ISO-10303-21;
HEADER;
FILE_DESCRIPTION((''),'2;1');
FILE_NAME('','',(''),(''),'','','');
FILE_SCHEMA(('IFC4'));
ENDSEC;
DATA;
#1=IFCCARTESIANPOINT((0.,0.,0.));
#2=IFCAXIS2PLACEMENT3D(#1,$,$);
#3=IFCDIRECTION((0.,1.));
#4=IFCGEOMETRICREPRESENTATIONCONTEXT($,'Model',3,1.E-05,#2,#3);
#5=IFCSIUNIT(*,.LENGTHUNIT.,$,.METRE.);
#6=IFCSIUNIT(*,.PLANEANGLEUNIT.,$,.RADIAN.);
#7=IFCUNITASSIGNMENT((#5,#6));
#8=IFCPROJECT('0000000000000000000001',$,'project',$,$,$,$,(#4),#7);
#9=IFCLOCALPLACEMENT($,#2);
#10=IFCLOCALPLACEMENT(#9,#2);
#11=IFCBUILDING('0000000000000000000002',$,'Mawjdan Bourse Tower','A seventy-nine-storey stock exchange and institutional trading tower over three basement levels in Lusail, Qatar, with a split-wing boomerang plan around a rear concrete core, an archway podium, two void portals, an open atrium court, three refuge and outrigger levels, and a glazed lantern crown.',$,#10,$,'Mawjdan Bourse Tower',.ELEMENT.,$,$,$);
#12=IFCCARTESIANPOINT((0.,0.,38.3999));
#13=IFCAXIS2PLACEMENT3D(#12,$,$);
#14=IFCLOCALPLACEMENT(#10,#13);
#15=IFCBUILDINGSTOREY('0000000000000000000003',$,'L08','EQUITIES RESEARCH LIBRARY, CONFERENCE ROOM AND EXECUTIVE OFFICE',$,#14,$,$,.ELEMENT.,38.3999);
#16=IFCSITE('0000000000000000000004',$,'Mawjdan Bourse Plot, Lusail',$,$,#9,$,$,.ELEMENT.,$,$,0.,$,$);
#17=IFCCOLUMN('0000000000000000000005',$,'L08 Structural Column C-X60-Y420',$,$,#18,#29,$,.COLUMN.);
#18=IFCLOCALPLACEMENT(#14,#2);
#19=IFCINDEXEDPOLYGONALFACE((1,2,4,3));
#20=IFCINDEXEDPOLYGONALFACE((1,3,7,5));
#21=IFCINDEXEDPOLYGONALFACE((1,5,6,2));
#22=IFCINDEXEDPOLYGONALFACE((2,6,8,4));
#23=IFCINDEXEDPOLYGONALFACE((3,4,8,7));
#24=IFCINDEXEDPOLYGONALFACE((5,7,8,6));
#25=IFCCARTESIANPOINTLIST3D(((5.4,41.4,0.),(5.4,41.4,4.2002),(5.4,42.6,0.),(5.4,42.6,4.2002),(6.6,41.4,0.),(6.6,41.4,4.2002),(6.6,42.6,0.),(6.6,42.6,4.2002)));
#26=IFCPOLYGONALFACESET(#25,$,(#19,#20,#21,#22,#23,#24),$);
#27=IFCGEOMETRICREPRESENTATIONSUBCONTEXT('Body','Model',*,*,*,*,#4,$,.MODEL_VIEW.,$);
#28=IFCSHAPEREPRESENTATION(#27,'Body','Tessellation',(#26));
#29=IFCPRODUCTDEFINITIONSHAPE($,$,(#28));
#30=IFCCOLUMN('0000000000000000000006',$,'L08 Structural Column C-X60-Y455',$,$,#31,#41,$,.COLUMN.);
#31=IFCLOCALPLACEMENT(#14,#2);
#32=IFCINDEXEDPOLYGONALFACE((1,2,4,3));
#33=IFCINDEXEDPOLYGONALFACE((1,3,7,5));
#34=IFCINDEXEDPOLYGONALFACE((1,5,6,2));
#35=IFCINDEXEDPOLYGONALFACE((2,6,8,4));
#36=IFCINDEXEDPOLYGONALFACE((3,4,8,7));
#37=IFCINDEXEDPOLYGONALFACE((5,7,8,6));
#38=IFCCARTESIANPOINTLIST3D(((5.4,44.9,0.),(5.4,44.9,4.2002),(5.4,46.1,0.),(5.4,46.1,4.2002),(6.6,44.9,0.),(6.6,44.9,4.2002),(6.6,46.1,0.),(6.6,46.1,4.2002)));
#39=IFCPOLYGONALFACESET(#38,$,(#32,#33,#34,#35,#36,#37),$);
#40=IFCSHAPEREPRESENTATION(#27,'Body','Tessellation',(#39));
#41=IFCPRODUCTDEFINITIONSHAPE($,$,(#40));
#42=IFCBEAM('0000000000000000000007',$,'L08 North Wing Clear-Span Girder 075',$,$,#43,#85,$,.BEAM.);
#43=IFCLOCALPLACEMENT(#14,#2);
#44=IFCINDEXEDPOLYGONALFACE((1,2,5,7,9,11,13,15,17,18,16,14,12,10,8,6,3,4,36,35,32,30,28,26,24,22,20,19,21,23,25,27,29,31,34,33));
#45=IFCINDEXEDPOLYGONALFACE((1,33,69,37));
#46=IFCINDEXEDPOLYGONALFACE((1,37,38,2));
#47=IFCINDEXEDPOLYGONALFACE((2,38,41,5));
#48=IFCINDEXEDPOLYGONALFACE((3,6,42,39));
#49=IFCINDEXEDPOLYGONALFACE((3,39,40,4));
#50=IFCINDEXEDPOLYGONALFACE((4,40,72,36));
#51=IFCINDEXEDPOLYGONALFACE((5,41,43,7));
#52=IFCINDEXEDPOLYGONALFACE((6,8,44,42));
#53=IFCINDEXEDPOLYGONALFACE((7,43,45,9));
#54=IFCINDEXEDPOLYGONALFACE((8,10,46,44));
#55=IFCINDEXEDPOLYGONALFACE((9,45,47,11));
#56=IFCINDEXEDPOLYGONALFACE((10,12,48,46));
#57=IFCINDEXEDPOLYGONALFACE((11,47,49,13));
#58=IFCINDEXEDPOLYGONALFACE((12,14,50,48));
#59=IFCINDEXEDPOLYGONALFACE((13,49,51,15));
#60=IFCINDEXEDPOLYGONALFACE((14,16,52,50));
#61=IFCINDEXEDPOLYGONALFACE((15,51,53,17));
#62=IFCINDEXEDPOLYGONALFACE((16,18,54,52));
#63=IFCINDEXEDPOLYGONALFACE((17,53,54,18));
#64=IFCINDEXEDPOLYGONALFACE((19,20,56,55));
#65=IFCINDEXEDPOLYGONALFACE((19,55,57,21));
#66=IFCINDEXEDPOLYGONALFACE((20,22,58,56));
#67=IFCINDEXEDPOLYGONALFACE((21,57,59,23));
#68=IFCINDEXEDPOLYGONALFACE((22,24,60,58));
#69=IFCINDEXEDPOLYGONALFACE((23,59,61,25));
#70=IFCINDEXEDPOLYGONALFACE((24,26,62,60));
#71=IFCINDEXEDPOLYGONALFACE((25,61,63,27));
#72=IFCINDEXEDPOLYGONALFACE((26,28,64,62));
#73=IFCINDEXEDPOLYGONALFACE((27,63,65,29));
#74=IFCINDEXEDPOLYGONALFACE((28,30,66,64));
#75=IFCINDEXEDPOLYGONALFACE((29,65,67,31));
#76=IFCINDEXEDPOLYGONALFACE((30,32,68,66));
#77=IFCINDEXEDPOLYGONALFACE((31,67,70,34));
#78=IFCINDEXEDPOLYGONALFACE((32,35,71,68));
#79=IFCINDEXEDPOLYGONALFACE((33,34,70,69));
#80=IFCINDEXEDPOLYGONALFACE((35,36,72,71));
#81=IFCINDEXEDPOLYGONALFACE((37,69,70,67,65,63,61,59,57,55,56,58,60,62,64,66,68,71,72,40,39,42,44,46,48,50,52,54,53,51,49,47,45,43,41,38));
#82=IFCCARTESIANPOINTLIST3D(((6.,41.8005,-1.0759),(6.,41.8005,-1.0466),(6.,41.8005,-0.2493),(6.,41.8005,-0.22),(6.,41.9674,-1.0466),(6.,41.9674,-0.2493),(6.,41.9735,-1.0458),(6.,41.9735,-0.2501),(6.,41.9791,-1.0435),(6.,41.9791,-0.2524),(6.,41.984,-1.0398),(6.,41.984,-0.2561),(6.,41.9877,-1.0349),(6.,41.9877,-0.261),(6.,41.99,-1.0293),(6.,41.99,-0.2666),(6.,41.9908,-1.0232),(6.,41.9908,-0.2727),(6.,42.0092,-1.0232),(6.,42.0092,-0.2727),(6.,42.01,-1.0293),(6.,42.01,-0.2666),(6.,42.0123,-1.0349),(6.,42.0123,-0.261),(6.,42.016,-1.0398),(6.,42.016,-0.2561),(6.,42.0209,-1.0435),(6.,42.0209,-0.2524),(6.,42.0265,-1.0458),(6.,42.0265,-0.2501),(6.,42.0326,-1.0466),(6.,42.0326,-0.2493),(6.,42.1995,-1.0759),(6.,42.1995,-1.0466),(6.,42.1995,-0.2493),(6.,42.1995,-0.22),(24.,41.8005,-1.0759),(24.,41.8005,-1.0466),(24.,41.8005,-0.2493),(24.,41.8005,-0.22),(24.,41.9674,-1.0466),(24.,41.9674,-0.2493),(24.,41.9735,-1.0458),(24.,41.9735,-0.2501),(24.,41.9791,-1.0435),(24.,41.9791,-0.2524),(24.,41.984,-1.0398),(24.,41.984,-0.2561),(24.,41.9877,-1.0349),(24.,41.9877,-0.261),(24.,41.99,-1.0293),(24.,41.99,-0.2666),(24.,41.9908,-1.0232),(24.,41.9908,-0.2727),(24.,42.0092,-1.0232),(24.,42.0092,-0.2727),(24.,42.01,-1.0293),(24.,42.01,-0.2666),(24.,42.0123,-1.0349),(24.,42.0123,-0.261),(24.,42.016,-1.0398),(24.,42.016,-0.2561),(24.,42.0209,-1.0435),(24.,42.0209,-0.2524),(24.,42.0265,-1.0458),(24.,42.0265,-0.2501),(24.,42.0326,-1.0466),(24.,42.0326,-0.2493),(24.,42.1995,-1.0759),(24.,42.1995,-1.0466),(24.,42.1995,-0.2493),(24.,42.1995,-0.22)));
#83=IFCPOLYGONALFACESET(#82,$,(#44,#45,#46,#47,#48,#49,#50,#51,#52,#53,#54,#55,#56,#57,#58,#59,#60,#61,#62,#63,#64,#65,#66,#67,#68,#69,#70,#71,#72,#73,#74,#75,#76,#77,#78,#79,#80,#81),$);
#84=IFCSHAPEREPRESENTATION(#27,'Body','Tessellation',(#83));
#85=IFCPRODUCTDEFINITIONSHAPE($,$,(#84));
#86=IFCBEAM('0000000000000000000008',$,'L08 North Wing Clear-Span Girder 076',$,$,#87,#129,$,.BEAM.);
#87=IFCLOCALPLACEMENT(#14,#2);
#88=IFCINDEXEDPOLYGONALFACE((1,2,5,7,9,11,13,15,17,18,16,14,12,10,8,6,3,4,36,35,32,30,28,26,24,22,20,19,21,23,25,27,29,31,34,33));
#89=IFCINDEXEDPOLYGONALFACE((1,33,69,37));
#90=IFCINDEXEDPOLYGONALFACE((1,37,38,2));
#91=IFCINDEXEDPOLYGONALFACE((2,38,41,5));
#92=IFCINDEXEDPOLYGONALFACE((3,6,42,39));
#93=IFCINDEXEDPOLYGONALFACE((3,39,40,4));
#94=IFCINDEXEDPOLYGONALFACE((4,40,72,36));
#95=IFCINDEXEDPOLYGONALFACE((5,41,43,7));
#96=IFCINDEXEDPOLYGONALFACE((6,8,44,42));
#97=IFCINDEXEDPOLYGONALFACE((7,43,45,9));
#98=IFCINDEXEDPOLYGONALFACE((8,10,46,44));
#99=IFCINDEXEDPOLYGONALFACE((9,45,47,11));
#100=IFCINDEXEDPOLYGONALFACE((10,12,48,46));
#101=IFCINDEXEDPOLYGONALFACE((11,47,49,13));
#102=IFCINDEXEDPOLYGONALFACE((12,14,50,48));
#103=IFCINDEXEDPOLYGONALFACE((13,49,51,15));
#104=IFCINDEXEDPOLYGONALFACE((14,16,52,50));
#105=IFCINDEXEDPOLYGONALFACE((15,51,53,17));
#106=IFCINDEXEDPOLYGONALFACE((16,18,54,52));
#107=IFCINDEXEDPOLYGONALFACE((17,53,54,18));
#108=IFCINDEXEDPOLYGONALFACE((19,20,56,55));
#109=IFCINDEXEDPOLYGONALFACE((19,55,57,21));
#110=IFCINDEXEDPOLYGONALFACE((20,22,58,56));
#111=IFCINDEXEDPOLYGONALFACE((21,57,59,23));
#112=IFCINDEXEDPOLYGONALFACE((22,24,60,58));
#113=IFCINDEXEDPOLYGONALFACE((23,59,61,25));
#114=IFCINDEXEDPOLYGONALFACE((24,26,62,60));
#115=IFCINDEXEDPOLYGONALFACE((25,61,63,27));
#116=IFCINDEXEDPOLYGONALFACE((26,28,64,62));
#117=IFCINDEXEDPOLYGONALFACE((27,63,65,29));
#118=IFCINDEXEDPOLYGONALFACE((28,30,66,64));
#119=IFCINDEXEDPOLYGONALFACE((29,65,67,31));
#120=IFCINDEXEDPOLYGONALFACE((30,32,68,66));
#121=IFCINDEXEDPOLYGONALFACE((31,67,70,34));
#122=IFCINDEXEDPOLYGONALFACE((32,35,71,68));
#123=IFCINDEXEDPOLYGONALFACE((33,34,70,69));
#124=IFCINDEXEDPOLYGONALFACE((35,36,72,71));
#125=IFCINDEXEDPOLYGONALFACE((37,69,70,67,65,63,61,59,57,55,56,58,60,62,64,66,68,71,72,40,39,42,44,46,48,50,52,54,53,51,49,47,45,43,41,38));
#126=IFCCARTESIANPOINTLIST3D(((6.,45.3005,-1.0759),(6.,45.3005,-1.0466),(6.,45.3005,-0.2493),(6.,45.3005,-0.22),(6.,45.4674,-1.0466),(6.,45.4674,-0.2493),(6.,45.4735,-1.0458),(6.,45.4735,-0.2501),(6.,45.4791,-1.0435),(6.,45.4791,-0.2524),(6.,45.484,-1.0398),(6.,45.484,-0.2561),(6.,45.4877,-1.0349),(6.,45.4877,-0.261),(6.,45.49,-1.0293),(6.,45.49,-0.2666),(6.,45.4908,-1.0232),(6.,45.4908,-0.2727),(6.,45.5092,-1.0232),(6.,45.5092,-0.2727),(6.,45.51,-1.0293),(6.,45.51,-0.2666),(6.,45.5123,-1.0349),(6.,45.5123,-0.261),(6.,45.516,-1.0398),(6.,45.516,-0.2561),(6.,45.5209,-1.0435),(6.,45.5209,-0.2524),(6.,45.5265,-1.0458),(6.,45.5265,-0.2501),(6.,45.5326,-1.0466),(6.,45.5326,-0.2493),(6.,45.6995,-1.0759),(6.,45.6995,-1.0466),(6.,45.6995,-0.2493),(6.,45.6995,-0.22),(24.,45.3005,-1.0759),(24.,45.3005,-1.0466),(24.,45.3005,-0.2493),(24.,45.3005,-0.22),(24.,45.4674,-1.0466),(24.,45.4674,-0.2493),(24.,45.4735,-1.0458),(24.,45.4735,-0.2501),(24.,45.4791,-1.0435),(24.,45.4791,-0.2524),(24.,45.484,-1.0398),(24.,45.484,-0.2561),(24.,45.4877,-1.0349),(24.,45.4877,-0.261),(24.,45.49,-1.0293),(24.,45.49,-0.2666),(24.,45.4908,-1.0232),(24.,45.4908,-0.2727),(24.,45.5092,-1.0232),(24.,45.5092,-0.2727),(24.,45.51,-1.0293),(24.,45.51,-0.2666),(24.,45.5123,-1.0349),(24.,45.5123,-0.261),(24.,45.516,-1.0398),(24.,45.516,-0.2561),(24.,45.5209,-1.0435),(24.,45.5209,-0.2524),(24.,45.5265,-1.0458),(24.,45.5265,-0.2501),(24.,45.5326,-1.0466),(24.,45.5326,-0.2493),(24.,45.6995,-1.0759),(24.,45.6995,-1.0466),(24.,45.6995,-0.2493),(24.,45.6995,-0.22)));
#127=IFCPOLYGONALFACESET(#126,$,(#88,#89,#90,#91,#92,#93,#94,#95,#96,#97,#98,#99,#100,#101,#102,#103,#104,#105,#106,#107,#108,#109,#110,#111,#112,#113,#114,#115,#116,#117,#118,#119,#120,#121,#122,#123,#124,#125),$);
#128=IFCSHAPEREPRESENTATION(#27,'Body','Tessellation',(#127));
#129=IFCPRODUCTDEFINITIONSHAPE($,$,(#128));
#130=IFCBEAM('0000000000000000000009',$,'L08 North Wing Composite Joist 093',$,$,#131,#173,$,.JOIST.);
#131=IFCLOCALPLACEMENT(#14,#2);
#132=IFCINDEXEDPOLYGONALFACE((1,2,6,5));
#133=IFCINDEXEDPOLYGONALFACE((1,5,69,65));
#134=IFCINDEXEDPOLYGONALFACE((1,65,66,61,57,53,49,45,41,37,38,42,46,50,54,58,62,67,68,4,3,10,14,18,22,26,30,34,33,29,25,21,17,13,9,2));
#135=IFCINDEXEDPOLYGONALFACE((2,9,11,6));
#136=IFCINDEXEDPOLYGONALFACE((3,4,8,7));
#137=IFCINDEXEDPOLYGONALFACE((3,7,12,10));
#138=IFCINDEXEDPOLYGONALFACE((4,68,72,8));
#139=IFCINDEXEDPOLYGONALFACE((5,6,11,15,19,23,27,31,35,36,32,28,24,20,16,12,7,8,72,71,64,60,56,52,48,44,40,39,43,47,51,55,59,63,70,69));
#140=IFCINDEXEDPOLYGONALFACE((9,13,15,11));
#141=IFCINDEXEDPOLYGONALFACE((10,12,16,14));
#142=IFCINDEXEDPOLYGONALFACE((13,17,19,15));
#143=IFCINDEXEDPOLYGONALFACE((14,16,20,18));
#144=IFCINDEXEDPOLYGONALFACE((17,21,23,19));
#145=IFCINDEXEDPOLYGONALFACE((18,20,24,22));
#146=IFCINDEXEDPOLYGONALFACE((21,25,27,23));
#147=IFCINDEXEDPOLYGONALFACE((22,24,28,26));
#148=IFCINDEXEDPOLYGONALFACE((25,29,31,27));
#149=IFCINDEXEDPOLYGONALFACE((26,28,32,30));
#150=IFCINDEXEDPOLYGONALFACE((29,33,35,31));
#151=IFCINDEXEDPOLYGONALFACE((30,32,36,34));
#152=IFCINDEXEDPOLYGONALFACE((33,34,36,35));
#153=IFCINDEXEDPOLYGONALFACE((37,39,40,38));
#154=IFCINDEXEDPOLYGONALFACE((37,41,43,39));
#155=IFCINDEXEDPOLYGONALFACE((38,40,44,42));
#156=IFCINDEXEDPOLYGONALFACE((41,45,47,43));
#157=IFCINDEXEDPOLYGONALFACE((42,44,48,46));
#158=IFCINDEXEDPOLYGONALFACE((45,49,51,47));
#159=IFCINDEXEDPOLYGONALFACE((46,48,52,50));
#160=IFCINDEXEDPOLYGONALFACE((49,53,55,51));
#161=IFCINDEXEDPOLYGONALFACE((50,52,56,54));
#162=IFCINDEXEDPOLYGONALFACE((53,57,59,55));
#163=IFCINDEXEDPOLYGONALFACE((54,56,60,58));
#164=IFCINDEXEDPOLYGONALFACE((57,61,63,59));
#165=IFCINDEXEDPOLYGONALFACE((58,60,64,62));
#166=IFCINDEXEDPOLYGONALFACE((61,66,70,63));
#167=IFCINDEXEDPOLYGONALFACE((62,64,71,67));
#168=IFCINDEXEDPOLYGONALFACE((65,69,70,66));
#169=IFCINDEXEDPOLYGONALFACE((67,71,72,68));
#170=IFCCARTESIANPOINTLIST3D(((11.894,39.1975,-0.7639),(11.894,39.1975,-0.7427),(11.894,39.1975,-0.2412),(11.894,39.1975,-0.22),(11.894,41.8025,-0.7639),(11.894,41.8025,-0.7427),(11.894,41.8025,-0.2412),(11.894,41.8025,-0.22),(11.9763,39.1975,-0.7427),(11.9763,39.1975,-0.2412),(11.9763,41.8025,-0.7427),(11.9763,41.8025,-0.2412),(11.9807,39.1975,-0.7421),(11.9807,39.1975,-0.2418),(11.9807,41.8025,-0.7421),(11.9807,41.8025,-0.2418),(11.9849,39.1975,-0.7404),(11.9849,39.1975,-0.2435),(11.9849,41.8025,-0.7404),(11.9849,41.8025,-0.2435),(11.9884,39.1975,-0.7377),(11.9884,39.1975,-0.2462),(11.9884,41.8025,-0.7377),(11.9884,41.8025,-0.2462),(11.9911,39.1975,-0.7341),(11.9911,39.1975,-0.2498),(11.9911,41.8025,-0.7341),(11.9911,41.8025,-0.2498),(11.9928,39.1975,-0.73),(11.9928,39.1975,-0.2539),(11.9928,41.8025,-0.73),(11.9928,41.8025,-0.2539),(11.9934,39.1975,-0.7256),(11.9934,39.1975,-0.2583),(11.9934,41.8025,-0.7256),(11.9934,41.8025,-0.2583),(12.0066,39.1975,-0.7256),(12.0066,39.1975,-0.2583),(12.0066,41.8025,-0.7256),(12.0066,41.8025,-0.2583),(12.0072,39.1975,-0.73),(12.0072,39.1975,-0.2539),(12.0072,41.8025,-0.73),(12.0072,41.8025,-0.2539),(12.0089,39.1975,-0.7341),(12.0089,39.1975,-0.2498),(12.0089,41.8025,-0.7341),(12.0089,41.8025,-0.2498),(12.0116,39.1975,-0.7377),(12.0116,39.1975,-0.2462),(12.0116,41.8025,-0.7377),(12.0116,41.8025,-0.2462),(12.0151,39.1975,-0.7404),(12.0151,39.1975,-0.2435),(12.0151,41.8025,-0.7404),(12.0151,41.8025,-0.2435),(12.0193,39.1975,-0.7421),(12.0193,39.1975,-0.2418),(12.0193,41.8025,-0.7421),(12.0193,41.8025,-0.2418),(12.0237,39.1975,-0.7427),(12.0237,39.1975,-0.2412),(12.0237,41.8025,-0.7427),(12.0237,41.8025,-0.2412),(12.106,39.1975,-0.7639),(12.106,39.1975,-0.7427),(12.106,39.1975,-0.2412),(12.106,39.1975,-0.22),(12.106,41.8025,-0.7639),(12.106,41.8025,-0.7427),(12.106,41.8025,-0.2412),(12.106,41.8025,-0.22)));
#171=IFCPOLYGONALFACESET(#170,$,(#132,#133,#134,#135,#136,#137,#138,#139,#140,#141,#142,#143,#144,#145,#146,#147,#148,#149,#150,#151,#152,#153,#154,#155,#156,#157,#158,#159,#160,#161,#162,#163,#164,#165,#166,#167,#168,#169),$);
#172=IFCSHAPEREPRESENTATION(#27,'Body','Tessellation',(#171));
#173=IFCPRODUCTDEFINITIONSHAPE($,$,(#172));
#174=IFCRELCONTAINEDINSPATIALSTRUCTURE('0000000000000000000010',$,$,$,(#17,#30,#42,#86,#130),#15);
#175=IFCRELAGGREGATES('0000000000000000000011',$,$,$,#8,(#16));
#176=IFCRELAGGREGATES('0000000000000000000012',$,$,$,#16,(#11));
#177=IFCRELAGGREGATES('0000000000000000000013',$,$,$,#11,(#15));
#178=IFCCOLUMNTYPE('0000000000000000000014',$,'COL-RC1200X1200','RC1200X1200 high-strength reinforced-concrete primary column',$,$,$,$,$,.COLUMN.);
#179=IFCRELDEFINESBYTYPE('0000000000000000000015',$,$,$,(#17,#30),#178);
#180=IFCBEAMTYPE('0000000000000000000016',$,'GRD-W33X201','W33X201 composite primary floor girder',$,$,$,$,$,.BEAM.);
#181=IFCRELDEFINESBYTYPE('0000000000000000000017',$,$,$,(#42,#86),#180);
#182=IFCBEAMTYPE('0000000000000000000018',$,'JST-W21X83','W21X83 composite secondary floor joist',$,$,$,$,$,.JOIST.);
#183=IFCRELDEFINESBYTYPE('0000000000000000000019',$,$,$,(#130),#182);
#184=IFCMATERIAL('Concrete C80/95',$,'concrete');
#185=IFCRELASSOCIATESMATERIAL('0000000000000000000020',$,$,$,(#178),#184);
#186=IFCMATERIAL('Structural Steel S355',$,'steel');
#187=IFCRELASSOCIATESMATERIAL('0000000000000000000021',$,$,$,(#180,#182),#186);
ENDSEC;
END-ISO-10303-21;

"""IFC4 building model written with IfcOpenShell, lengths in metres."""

from ifc_helpers import new_model, si_unit, direction, frame, origin, origin_2d, place, context, subcontext, project, spatial, rectangle, i_section, extrude, material, material_profile, profile_set, type_object, element, save


model = new_model("IFC4")

# Units and contexts
model_context = context("Model", 3, precision=1e-05, world=origin(), true_north=direction((0.0, 1.0)))
body_context = subcontext(model_context, "Body", "Model", "MODEL_VIEW")
ifc_project = project(units=[si_unit("LENGTHUNIT", "METRE"), si_unit("PLANEANGLEUNIT", "RADIAN")], contexts=[model_context])

# Site, building, storey
site_placement = place(None, origin())
site = spatial("IfcSite", under=ifc_project, at=site_placement, Name="Mawjdan Bourse Plot, Lusail", CompositionType="ELEMENT", RefElevation=0.0)
building_placement = place(site_placement, origin())
building = spatial("IfcBuilding", under=site, at=building_placement, Name="Mawjdan Bourse Tower", Description="A seventy-nine-storey stock exchange and institutional trading tower over three basement levels in Lusail, Qatar, with a split-wing boomerang plan around a rear concrete core, an archway podium, two void portals, an open atrium court, three refuge and outrigger levels, and a glazed lantern crown.", LongName="Mawjdan Bourse Tower", CompositionType="ELEMENT")
storey_placement = place(building_placement, frame((0.0, 0.0, 38.3999)))
storey = spatial("IfcBuildingStorey", under=building, at=storey_placement, Name="L08", Description="EQUITIES RESEARCH LIBRARY, CONFERENCE ROOM AND EXECUTIVE OFFICE", CompositionType="ELEMENT", Elevation=38.3999)

# Columns
ifc_material_1 = material(Name="Concrete C80/95", Category="concrete")
ifc_material_profile_1 = material_profile(ifc_material_1, rectangle(XDim=1.2, YDim=1.2, at=origin_2d()), Name="RC1200X1200")
ifc_profile_set_1 = profile_set([ifc_material_profile_1], Name="Concrete C80/95")
column_type = type_object("IfcColumnType", Name="COL-RC1200X1200", Description="RC1200X1200 high-strength reinforced-concrete primary column", PredefinedType="COLUMN", material=ifc_profile_set_1)
for number, where, z_axis, x_axis, name in (
    (1, (6.0, 42.0, 0.0), (0.0, 0.0, 1.0), (1.0, 0.0, 0.0), "L08 Structural Column C-X60-Y420"),
    (2, (6.0, 45.5, 0.0), (0.0, 0.0, 1.0), (1.0, 0.0, 0.0), "L08 Structural Column C-X60-Y455"),
):
    element("IfcColumn", number, at=place(storey_placement, frame(where, z_axis=z_axis, x_axis=x_axis)), inside=storey, type_object=column_type, Name=name, PredefinedType="COLUMN", context=body_context, shape_type="SweptSolid", body=[
        extrude(rectangle(XDim=1.2, YDim=1.2, at=origin_2d()), origin(), (0.0, 0.0, 1.0), 4.2002),
    ])

# Beams
ifc_material_2 = material(Name="Structural Steel S355", Category="steel")
ifc_material_profile_2 = material_profile(ifc_material_2, i_section(OverallWidth=0.3989, OverallDepth=0.856, WebThickness=0.0183, FlangeThickness=0.0293, FilletRadius=0.0234, at=origin_2d()), Name="W33X201")
ifc_profile_set_2 = profile_set([ifc_material_profile_2], Name="Structural Steel S355")
beam_type_1 = type_object("IfcBeamType", Name="GRD-W33X201", Description="W33X201 composite primary floor girder", PredefinedType="BEAM", material=ifc_profile_set_2)
for number, where, z_axis, x_axis, name in (
    (3, (6.0, 42.0, -0.6479), (1.0, 0.0, 0.0), (0.0, 1.0, 0.0), "L08 North Wing Clear-Span Girder 075"),
    (4, (6.0, 45.5, -0.6479), (1.0, 0.0, 0.0), (0.0, 1.0, 0.0), "L08 North Wing Clear-Span Girder 076"),
):
    element("IfcBeam", number, at=place(storey_placement, frame(where, z_axis=z_axis, x_axis=x_axis)), inside=storey, type_object=beam_type_1, Name=name, PredefinedType="BEAM", context=body_context, shape_type="SweptSolid", body=[
        extrude(i_section(OverallWidth=0.3989, OverallDepth=0.856, WebThickness=0.0183, FlangeThickness=0.0293, FilletRadius=0.0234, at=origin_2d()), origin(), (0.0, 0.0, 1.0), 18.0),
    ])
ifc_material_profile_3 = material_profile(ifc_material_2, i_section(OverallWidth=0.2119, OverallDepth=0.5439, WebThickness=0.0132, FlangeThickness=0.0212, FilletRadius=0.0171, at=origin_2d()), Name="W21X83")
ifc_profile_set_3 = profile_set([ifc_material_profile_3], Name="Structural Steel S355")
beam_type_2 = type_object("IfcBeamType", Name="JST-W21X83", Description="W21X83 composite secondary floor joist", PredefinedType="JOIST", material=ifc_profile_set_3)
beam_1_placement = place(storey_placement, frame((12.0, 39.1975, -0.4919), z_axis=(0.0, 1.0, 0.0), x_axis=(-1.0, 0.0, 0.0)))
element("IfcBeam", 5, at=beam_1_placement, inside=storey, type_object=beam_type_2, Name="L08 North Wing Composite Joist 093", PredefinedType="JOIST", context=body_context, shape_type="SweptSolid", body=[
    extrude(i_section(OverallWidth=0.2119, OverallDepth=0.5439, WebThickness=0.0132, FlangeThickness=0.0212, FilletRadius=0.0171, at=origin_2d()), origin(), (0.0, 0.0, 1.0), 2.605),
])

save(model, "model.ifc")
